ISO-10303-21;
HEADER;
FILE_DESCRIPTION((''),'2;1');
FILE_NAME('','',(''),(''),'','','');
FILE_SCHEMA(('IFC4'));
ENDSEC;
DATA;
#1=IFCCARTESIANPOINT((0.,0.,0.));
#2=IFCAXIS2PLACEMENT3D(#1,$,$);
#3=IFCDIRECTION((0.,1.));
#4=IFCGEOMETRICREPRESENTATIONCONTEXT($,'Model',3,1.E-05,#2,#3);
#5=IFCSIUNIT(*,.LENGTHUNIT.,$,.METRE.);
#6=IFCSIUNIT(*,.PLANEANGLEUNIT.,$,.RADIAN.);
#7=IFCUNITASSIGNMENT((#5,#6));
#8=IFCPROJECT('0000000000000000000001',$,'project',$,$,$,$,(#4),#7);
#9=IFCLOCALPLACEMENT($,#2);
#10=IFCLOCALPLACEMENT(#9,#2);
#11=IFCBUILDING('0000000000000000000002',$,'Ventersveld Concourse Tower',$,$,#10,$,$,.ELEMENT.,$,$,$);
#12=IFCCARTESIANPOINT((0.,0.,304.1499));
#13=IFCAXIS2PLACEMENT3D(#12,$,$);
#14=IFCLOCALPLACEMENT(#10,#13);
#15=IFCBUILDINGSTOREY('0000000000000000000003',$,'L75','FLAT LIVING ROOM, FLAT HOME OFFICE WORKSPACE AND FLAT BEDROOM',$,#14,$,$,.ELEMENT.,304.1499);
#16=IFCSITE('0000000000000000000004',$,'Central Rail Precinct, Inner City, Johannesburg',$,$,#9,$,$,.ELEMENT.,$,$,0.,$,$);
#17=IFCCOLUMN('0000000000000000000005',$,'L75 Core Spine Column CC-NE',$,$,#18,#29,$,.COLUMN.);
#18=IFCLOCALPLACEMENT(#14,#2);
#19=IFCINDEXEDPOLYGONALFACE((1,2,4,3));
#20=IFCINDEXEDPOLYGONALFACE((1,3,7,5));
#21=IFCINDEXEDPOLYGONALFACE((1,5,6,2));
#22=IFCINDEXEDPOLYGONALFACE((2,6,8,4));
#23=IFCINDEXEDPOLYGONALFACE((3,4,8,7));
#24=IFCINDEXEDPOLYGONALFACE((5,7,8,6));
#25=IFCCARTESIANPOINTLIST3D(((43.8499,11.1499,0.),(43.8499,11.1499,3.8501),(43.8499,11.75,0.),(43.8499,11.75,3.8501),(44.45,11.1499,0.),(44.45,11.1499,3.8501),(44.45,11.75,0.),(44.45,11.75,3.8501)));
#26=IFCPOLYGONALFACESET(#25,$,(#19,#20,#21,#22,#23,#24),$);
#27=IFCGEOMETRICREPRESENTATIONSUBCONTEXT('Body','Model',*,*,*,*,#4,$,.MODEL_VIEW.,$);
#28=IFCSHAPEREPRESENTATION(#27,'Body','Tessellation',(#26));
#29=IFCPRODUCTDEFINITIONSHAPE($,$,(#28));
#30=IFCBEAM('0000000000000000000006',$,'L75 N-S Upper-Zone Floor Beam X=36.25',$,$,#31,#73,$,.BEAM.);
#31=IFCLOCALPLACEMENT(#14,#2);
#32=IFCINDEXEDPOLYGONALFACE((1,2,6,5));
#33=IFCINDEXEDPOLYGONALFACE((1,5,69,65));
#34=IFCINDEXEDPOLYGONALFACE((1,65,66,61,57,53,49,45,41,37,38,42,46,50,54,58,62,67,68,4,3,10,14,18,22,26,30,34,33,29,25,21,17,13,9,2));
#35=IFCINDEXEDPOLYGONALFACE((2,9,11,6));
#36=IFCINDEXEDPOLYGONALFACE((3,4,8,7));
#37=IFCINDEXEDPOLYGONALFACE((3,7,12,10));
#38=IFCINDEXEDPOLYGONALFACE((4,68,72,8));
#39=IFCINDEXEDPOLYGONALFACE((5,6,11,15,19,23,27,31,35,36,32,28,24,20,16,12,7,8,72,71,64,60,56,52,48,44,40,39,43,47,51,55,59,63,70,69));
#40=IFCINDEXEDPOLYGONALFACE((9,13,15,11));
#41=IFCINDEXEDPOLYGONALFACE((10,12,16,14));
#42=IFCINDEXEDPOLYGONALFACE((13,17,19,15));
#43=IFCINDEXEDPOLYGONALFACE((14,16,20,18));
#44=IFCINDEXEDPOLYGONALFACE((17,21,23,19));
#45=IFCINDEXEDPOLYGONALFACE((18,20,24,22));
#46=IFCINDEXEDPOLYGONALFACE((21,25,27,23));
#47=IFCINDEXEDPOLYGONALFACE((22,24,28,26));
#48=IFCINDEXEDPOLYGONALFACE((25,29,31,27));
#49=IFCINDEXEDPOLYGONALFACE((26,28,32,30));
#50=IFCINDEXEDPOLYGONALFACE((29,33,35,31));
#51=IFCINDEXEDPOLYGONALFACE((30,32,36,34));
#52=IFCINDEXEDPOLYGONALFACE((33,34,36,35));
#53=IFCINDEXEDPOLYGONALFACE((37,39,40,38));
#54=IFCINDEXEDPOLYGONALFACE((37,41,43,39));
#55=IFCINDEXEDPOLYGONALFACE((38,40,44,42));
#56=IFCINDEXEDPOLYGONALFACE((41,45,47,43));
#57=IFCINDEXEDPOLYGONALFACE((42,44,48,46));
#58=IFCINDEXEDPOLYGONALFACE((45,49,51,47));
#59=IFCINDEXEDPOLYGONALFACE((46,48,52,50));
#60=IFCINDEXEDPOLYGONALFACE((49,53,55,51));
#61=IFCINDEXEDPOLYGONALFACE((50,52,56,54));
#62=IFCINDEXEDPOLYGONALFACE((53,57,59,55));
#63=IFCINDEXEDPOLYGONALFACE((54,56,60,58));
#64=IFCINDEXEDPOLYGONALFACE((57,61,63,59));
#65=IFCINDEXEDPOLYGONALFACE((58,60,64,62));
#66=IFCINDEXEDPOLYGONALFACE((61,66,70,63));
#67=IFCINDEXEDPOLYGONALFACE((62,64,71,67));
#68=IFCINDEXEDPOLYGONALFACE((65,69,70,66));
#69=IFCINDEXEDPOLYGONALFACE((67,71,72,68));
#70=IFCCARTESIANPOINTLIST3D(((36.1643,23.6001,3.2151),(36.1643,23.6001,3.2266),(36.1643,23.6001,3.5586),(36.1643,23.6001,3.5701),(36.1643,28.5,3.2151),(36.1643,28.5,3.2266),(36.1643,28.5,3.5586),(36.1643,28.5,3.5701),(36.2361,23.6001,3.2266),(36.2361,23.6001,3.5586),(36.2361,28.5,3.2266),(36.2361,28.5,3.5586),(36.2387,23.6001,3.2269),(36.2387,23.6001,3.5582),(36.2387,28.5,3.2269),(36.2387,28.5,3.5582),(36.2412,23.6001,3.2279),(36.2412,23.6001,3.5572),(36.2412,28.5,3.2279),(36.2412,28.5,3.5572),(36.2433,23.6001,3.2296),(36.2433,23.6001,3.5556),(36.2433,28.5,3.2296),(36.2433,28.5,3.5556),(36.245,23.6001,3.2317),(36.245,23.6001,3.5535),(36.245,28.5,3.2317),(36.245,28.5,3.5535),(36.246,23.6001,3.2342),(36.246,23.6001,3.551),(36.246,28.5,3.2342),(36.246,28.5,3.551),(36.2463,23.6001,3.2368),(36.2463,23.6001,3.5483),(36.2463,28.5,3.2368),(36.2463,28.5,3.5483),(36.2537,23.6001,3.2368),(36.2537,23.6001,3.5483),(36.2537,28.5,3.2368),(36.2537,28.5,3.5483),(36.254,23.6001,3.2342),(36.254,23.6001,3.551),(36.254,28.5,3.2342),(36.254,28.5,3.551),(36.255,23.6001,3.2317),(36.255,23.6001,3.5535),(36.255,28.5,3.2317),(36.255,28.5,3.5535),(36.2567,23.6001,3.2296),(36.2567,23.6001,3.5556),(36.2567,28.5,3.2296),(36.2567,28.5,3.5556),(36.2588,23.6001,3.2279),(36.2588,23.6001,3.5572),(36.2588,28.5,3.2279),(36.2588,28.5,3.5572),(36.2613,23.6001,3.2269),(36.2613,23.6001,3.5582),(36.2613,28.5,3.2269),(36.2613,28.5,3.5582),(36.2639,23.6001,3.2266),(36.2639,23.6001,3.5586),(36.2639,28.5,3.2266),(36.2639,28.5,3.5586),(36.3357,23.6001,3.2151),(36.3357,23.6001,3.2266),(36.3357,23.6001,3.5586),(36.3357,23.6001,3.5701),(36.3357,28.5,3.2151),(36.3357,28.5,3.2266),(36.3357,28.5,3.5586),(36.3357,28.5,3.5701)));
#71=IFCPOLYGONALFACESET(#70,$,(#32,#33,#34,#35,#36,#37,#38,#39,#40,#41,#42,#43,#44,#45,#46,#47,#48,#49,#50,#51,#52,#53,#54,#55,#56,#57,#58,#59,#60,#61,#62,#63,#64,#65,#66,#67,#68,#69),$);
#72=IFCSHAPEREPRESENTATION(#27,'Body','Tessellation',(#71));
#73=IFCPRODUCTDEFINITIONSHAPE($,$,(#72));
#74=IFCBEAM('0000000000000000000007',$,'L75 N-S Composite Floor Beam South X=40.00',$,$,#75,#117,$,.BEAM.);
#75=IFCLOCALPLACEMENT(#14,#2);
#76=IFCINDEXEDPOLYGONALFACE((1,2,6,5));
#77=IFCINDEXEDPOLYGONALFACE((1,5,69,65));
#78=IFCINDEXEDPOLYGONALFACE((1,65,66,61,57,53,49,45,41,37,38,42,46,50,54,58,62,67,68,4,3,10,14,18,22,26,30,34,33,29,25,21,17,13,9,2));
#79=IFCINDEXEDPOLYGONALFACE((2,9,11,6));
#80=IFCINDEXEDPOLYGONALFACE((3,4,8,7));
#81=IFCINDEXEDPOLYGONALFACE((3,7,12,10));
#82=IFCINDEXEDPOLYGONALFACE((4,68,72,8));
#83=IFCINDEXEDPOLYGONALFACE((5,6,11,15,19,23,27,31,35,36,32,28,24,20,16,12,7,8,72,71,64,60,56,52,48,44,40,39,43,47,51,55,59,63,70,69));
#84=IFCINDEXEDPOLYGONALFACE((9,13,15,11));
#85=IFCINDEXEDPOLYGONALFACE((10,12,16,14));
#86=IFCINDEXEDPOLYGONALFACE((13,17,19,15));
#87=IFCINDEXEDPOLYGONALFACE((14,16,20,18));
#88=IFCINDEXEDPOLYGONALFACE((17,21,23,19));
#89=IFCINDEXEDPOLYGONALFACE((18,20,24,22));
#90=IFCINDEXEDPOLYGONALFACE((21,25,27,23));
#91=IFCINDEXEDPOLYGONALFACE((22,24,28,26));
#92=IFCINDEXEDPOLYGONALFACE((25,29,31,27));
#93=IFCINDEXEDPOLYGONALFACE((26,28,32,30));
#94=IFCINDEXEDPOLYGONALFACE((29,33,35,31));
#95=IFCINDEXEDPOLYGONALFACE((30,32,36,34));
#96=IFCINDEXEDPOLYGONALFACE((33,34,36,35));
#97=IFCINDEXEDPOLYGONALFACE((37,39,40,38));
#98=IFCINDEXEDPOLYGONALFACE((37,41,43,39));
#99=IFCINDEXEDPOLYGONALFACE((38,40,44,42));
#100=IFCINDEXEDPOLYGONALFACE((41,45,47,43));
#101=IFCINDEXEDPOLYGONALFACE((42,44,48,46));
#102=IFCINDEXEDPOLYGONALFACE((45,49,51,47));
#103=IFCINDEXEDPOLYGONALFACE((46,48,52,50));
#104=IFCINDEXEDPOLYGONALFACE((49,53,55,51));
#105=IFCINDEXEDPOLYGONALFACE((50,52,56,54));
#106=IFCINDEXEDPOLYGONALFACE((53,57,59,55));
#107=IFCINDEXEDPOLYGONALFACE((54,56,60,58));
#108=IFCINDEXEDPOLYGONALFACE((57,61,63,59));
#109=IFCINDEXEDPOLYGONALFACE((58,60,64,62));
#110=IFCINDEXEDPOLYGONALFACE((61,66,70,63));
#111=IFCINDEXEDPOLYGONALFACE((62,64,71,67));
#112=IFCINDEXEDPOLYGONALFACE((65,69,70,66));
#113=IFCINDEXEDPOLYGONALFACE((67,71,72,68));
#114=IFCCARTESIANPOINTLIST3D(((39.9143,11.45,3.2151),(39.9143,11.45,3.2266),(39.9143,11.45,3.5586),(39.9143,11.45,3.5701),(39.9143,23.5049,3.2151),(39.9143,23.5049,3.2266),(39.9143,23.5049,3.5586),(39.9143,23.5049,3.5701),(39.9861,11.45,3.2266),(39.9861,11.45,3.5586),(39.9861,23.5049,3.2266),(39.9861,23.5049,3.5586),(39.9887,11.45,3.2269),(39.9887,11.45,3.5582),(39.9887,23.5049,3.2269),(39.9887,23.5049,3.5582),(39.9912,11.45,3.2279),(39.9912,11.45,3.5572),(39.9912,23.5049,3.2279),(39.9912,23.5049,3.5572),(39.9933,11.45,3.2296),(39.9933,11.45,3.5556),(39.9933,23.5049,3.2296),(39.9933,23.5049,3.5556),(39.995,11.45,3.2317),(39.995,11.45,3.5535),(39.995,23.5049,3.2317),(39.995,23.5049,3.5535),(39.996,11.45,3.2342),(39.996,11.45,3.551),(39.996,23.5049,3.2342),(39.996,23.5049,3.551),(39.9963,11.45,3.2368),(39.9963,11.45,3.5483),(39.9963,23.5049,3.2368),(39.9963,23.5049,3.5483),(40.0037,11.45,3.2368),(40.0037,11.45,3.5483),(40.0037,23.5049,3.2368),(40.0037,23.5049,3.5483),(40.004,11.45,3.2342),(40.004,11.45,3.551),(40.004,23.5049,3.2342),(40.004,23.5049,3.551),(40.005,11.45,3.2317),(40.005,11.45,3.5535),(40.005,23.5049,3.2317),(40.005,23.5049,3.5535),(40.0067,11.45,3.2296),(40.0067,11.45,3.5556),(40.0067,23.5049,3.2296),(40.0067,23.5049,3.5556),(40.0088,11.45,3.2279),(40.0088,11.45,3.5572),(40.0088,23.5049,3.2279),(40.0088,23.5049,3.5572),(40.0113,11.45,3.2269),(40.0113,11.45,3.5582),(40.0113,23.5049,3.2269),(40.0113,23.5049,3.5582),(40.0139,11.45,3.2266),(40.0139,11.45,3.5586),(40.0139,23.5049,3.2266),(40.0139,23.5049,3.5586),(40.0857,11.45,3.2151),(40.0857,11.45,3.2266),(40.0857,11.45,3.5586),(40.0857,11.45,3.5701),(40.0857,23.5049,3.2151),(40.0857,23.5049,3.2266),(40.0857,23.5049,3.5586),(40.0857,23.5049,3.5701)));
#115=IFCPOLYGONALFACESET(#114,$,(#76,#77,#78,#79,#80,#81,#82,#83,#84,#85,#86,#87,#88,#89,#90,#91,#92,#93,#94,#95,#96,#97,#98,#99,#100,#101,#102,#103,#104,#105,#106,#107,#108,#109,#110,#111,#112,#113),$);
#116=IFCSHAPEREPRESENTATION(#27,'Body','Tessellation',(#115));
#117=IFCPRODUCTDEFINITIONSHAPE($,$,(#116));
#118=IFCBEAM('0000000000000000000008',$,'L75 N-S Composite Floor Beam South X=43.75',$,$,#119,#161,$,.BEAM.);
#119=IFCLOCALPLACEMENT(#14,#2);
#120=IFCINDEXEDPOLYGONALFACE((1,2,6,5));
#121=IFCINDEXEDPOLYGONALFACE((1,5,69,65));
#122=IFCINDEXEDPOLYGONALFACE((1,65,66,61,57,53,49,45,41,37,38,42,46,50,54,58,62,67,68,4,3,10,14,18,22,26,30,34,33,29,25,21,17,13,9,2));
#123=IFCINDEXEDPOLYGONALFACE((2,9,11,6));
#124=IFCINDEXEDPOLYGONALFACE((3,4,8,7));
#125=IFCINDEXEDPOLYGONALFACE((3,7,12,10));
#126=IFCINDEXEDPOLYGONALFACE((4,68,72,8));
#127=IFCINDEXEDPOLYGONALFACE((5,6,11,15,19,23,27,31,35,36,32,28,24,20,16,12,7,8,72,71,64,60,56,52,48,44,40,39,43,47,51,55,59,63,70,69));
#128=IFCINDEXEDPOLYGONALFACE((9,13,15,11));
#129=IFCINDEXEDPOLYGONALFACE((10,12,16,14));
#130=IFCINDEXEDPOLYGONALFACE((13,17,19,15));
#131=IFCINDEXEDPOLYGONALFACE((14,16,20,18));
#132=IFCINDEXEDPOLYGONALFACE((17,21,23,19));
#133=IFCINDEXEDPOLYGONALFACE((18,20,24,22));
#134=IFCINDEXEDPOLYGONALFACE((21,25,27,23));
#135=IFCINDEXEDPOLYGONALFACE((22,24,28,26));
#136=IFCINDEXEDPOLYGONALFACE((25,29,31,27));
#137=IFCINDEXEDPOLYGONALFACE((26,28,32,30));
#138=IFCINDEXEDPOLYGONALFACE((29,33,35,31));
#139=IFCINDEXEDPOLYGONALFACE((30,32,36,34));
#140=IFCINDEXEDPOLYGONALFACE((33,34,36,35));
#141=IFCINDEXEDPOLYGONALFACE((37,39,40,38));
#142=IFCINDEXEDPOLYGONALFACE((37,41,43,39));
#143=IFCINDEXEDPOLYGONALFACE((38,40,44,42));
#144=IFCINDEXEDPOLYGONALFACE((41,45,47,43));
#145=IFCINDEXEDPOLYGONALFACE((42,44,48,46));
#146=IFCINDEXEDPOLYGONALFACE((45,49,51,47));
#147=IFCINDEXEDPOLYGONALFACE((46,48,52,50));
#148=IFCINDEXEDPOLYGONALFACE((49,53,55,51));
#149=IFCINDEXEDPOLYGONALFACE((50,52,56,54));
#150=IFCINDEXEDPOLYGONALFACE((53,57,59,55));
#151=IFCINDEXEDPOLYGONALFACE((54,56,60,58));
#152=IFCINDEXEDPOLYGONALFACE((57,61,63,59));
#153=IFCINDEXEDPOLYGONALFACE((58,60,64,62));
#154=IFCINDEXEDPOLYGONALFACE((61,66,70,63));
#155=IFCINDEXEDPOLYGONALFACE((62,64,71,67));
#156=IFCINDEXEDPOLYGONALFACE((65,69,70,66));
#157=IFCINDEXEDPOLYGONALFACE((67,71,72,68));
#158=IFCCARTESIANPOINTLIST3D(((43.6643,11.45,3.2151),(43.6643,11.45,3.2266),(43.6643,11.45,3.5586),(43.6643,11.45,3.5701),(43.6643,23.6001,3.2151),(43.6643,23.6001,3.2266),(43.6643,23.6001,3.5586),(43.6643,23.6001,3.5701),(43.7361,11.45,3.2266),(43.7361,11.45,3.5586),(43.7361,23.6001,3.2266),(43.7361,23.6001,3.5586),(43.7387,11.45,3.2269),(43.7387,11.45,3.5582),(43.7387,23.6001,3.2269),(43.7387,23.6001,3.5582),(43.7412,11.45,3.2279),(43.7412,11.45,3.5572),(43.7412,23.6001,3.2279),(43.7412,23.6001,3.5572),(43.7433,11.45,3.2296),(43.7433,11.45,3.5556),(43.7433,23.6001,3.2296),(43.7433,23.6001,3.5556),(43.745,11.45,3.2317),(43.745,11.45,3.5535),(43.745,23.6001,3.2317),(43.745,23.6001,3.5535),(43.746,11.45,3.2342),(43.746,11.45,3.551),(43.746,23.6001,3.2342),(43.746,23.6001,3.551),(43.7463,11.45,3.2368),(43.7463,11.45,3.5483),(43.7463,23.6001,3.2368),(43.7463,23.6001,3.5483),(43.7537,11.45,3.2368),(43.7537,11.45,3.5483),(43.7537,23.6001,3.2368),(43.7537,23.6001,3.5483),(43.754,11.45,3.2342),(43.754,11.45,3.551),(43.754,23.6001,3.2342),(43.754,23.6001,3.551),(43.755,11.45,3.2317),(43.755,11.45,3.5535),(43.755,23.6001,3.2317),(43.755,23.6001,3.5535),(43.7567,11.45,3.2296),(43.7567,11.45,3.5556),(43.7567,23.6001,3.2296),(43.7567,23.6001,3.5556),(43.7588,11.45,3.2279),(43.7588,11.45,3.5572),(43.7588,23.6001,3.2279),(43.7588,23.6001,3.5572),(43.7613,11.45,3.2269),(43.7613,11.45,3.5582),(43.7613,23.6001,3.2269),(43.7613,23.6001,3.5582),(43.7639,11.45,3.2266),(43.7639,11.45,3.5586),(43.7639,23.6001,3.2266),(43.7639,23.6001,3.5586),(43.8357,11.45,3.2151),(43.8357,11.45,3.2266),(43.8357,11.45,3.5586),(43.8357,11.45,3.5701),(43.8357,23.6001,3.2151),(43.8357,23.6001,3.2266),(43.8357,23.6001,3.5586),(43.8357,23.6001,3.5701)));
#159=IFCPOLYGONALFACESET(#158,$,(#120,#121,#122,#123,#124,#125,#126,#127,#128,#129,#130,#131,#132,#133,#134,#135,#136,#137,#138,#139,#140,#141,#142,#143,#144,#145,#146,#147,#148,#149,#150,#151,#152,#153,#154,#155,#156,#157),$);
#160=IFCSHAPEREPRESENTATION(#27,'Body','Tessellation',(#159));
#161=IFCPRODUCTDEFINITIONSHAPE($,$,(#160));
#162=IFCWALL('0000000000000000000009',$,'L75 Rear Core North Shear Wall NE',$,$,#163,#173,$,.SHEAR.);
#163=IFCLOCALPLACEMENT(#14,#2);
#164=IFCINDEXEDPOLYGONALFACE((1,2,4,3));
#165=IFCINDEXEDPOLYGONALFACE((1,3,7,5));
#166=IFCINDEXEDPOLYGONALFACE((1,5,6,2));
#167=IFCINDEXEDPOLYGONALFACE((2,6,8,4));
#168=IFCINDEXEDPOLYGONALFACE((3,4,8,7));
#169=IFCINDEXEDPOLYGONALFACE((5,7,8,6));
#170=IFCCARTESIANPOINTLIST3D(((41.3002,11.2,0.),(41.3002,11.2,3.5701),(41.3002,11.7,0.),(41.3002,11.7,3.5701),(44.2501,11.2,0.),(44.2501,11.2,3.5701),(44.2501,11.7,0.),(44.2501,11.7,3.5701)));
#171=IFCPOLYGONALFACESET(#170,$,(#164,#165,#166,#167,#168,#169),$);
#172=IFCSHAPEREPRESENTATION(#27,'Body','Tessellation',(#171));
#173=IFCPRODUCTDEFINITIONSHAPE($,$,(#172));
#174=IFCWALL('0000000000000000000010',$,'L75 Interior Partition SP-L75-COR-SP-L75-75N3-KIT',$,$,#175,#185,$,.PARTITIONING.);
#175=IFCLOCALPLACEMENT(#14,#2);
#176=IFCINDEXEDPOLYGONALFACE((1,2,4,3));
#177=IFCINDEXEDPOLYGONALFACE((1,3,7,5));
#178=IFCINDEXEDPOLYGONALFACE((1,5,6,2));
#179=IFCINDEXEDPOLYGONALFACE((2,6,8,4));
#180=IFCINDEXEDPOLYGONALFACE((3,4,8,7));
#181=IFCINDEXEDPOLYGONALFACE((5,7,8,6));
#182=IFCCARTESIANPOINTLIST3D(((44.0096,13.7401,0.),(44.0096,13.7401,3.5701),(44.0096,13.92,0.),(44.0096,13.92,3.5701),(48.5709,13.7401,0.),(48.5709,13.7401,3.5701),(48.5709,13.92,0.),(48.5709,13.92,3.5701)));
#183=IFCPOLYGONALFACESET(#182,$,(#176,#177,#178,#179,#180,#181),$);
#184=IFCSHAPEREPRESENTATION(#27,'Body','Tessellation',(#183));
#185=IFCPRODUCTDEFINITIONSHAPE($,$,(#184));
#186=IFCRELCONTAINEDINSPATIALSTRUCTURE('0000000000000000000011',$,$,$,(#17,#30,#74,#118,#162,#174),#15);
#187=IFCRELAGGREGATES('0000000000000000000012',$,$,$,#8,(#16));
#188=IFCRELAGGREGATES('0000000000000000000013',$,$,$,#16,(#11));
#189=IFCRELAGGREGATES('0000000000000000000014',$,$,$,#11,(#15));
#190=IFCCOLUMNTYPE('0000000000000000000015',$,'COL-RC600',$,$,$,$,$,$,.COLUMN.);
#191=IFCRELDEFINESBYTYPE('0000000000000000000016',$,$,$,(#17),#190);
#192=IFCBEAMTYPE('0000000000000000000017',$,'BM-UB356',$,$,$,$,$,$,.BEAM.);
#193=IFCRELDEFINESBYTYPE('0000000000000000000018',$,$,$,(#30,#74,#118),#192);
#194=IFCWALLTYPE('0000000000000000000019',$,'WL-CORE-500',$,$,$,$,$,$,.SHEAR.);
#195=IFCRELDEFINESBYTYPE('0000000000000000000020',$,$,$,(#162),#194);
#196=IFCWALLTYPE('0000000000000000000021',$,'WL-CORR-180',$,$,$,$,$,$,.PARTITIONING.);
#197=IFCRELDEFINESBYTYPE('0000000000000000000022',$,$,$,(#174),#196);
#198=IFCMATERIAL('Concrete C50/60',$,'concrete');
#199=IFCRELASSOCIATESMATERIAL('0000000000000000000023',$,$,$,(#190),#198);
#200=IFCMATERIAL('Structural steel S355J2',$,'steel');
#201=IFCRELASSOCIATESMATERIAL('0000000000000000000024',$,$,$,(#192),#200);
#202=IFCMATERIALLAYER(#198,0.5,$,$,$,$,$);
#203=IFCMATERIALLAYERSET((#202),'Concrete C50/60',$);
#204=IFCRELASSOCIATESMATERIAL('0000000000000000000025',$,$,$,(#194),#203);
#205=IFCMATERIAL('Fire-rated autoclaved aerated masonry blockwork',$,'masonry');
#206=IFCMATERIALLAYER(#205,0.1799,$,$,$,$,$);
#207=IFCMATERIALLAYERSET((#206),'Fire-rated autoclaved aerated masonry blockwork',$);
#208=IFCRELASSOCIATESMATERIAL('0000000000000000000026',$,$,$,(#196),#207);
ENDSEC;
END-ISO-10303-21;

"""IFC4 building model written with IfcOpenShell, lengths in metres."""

from ifc_helpers import new_model, si_unit, direction, frame, frame_2d, origin, origin_2d, place, context, subcontext, project, spatial, rectangle, i_section, extrude, material, layer, layer_set, material_profile, profile_set, type_object, element, save


model = new_model("IFC4")

# Units and contexts
model_context = context("Model", 3, precision=1e-05, world=origin(), true_north=direction((0.0, 1.0)))
body_context = subcontext(model_context, "Body", "Model", "MODEL_VIEW")
ifc_project = project(units=[si_unit("LENGTHUNIT", "METRE"), si_unit("PLANEANGLEUNIT", "RADIAN")], contexts=[model_context])

# Site, building, storey
site_placement = place(None, origin())
site = spatial("IfcSite", under=ifc_project, at=site_placement, Name="Central Rail Precinct, Inner City, Johannesburg", CompositionType="ELEMENT", RefElevation=0.0)
building_placement = place(site_placement, origin())
building = spatial("IfcBuilding", under=site, at=building_placement, Name="Ventersveld Concourse Tower", CompositionType="ELEMENT")
storey_placement = place(building_placement, frame((0.0, 0.0, 304.1499)))
storey = spatial("IfcBuildingStorey", under=building, at=storey_placement, Name="L75", Description="FLAT LIVING ROOM, FLAT HOME OFFICE WORKSPACE AND FLAT BEDROOM", CompositionType="ELEMENT", Elevation=304.1499)

# Column
ifc_material_1 = material(Name="Concrete C50/60", Category="concrete")
ifc_material_profile_1 = material_profile(ifc_material_1, rectangle(XDim=0.6001, YDim=0.6001, at=origin_2d()), Name="RC 600x600")
ifc_profile_set_1 = profile_set([ifc_material_profile_1], Name="Concrete C50/60")
column_type = type_object("IfcColumnType", Name="COL-RC600", PredefinedType="COLUMN", material=ifc_profile_set_1)
column_placement = place(storey_placement, frame((44.1499, 11.45, 0.0), z_axis=(0.0, 0.0, 1.0), x_axis=(1.0, 0.0, 0.0)))
element("IfcColumn", 1, at=column_placement, inside=storey, type_object=column_type, Name="L75 Core Spine Column CC-NE", PredefinedType="COLUMN", context=body_context, shape_type="SweptSolid", body=[
    extrude(rectangle(XDim=0.6001, YDim=0.6001, at=origin_2d()), origin(), (0.0, 0.0, 1.0), 3.8501),
])

# Beams
ifc_material_2 = material(Name="Structural steel S355J2", Category="steel")
ifc_material_profile_2 = material_profile(ifc_material_2, i_section(OverallWidth=0.1714, OverallDepth=0.355, WebThickness=0.0073, FlangeThickness=0.0115, FilletRadius=0.0103, at=origin_2d()), Name="UB 356x171x51")
ifc_profile_set_2 = profile_set([ifc_material_profile_2], Name="Structural steel S355J2")
beam_type = type_object("IfcBeamType", Name="BM-UB356", PredefinedType="BEAM", material=ifc_profile_set_2)
beam_1_placement = place(storey_placement, frame((36.25, 23.6001, 3.3926), z_axis=(0.0, 1.0, 0.0), x_axis=(-1.0, 0.0, 0.0)))
element("IfcBeam", 2, at=beam_1_placement, inside=storey, type_object=beam_type, Name="L75 N-S Upper-Zone Floor Beam X=36.25", PredefinedType="BEAM", context=body_context, shape_type="SweptSolid", body=[
    extrude(i_section(OverallWidth=0.1714, OverallDepth=0.355, WebThickness=0.0073, FlangeThickness=0.0115, FilletRadius=0.0103, at=origin_2d()), origin(), (0.0, 0.0, 1.0), 4.8999),
])
beam_2_placement = place(storey_placement, frame((40.0, 11.45, 3.3926), z_axis=(0.0, 1.0, 0.0), x_axis=(-1.0, 0.0, 0.0)))
element("IfcBeam", 3, at=beam_2_placement, inside=storey, type_object=beam_type, Name="L75 N-S Composite Floor Beam South X=40.00", PredefinedType="BEAM", context=body_context, shape_type="SweptSolid", body=[
    extrude(i_section(OverallWidth=0.1714, OverallDepth=0.355, WebThickness=0.0073, FlangeThickness=0.0115, FilletRadius=0.0103, at=origin_2d()), origin(), (0.0, 0.0, 1.0), 12.0549),
])
beam_3_placement = place(storey_placement, frame((43.75, 11.45, 3.3926), z_axis=(0.0, 1.0, 0.0), x_axis=(-1.0, 0.0, 0.0)))
element("IfcBeam", 4, at=beam_3_placement, inside=storey, type_object=beam_type, Name="L75 N-S Composite Floor Beam South X=43.75", PredefinedType="BEAM", context=body_context, shape_type="SweptSolid", body=[
    extrude(i_section(OverallWidth=0.1714, OverallDepth=0.355, WebThickness=0.0073, FlangeThickness=0.0115, FilletRadius=0.0103, at=origin_2d()), origin(), (0.0, 0.0, 1.0), 12.1501),
])

# Wall
ifc_layer_1 = layer(ifc_material_1, 0.5)
ifc_layer_set_1 = layer_set([ifc_layer_1], Name="Concrete C50/60")
wall_type_1 = type_object("IfcWallType", Name="WL-CORE-500", PredefinedType="SHEAR", material=ifc_layer_set_1)
wall_1_placement = place(storey_placement, frame((41.3, 11.45, 0.0), z_axis=(0.0, 0.0, 1.0), x_axis=(1.0, 0.0, 0.0)))
element("IfcWall", 5, at=wall_1_placement, inside=storey, type_object=wall_type_1, Name="L75 Rear Core North Shear Wall NE", PredefinedType="SHEAR", context=body_context, shape_type="SweptSolid", body=[
    extrude(rectangle(XDim=2.95, YDim=0.5, at=frame_2d((1.4751, 0.0))), origin(), (0.0, 0.0, 1.0), 3.5701),
])

# Shared definitions
ifc_material_3 = material(Name="Fire-rated autoclaved aerated masonry blockwork", Category="masonry")
ifc_layer_2 = layer(ifc_material_3, 0.1799)
ifc_layer_set_2 = layer_set([ifc_layer_2], Name="Fire-rated autoclaved aerated masonry blockwork")
wall_type_2 = type_object("IfcWallType", Name="WL-CORR-180", PredefinedType="PARTITIONING", material=ifc_layer_set_2)

# Wall
wall_2_placement = place(storey_placement, frame((44.0095, 13.8301, 0.0), z_axis=(0.0, 0.0, 1.0), x_axis=(1.0, 0.0, 0.0)))
element("IfcWall", 6, at=wall_2_placement, inside=storey, type_object=wall_type_2, Name="L75 Interior Partition SP-L75-COR-SP-L75-75N3-KIT", PredefinedType="PARTITIONING", context=body_context, shape_type="SweptSolid", body=[
    extrude(rectangle(XDim=4.5613, YDim=0.1799, at=frame_2d((2.2808, 0.0))), origin(), (0.0, 0.0, 1.0), 3.5701),
])

save(model, "model.ifc")
